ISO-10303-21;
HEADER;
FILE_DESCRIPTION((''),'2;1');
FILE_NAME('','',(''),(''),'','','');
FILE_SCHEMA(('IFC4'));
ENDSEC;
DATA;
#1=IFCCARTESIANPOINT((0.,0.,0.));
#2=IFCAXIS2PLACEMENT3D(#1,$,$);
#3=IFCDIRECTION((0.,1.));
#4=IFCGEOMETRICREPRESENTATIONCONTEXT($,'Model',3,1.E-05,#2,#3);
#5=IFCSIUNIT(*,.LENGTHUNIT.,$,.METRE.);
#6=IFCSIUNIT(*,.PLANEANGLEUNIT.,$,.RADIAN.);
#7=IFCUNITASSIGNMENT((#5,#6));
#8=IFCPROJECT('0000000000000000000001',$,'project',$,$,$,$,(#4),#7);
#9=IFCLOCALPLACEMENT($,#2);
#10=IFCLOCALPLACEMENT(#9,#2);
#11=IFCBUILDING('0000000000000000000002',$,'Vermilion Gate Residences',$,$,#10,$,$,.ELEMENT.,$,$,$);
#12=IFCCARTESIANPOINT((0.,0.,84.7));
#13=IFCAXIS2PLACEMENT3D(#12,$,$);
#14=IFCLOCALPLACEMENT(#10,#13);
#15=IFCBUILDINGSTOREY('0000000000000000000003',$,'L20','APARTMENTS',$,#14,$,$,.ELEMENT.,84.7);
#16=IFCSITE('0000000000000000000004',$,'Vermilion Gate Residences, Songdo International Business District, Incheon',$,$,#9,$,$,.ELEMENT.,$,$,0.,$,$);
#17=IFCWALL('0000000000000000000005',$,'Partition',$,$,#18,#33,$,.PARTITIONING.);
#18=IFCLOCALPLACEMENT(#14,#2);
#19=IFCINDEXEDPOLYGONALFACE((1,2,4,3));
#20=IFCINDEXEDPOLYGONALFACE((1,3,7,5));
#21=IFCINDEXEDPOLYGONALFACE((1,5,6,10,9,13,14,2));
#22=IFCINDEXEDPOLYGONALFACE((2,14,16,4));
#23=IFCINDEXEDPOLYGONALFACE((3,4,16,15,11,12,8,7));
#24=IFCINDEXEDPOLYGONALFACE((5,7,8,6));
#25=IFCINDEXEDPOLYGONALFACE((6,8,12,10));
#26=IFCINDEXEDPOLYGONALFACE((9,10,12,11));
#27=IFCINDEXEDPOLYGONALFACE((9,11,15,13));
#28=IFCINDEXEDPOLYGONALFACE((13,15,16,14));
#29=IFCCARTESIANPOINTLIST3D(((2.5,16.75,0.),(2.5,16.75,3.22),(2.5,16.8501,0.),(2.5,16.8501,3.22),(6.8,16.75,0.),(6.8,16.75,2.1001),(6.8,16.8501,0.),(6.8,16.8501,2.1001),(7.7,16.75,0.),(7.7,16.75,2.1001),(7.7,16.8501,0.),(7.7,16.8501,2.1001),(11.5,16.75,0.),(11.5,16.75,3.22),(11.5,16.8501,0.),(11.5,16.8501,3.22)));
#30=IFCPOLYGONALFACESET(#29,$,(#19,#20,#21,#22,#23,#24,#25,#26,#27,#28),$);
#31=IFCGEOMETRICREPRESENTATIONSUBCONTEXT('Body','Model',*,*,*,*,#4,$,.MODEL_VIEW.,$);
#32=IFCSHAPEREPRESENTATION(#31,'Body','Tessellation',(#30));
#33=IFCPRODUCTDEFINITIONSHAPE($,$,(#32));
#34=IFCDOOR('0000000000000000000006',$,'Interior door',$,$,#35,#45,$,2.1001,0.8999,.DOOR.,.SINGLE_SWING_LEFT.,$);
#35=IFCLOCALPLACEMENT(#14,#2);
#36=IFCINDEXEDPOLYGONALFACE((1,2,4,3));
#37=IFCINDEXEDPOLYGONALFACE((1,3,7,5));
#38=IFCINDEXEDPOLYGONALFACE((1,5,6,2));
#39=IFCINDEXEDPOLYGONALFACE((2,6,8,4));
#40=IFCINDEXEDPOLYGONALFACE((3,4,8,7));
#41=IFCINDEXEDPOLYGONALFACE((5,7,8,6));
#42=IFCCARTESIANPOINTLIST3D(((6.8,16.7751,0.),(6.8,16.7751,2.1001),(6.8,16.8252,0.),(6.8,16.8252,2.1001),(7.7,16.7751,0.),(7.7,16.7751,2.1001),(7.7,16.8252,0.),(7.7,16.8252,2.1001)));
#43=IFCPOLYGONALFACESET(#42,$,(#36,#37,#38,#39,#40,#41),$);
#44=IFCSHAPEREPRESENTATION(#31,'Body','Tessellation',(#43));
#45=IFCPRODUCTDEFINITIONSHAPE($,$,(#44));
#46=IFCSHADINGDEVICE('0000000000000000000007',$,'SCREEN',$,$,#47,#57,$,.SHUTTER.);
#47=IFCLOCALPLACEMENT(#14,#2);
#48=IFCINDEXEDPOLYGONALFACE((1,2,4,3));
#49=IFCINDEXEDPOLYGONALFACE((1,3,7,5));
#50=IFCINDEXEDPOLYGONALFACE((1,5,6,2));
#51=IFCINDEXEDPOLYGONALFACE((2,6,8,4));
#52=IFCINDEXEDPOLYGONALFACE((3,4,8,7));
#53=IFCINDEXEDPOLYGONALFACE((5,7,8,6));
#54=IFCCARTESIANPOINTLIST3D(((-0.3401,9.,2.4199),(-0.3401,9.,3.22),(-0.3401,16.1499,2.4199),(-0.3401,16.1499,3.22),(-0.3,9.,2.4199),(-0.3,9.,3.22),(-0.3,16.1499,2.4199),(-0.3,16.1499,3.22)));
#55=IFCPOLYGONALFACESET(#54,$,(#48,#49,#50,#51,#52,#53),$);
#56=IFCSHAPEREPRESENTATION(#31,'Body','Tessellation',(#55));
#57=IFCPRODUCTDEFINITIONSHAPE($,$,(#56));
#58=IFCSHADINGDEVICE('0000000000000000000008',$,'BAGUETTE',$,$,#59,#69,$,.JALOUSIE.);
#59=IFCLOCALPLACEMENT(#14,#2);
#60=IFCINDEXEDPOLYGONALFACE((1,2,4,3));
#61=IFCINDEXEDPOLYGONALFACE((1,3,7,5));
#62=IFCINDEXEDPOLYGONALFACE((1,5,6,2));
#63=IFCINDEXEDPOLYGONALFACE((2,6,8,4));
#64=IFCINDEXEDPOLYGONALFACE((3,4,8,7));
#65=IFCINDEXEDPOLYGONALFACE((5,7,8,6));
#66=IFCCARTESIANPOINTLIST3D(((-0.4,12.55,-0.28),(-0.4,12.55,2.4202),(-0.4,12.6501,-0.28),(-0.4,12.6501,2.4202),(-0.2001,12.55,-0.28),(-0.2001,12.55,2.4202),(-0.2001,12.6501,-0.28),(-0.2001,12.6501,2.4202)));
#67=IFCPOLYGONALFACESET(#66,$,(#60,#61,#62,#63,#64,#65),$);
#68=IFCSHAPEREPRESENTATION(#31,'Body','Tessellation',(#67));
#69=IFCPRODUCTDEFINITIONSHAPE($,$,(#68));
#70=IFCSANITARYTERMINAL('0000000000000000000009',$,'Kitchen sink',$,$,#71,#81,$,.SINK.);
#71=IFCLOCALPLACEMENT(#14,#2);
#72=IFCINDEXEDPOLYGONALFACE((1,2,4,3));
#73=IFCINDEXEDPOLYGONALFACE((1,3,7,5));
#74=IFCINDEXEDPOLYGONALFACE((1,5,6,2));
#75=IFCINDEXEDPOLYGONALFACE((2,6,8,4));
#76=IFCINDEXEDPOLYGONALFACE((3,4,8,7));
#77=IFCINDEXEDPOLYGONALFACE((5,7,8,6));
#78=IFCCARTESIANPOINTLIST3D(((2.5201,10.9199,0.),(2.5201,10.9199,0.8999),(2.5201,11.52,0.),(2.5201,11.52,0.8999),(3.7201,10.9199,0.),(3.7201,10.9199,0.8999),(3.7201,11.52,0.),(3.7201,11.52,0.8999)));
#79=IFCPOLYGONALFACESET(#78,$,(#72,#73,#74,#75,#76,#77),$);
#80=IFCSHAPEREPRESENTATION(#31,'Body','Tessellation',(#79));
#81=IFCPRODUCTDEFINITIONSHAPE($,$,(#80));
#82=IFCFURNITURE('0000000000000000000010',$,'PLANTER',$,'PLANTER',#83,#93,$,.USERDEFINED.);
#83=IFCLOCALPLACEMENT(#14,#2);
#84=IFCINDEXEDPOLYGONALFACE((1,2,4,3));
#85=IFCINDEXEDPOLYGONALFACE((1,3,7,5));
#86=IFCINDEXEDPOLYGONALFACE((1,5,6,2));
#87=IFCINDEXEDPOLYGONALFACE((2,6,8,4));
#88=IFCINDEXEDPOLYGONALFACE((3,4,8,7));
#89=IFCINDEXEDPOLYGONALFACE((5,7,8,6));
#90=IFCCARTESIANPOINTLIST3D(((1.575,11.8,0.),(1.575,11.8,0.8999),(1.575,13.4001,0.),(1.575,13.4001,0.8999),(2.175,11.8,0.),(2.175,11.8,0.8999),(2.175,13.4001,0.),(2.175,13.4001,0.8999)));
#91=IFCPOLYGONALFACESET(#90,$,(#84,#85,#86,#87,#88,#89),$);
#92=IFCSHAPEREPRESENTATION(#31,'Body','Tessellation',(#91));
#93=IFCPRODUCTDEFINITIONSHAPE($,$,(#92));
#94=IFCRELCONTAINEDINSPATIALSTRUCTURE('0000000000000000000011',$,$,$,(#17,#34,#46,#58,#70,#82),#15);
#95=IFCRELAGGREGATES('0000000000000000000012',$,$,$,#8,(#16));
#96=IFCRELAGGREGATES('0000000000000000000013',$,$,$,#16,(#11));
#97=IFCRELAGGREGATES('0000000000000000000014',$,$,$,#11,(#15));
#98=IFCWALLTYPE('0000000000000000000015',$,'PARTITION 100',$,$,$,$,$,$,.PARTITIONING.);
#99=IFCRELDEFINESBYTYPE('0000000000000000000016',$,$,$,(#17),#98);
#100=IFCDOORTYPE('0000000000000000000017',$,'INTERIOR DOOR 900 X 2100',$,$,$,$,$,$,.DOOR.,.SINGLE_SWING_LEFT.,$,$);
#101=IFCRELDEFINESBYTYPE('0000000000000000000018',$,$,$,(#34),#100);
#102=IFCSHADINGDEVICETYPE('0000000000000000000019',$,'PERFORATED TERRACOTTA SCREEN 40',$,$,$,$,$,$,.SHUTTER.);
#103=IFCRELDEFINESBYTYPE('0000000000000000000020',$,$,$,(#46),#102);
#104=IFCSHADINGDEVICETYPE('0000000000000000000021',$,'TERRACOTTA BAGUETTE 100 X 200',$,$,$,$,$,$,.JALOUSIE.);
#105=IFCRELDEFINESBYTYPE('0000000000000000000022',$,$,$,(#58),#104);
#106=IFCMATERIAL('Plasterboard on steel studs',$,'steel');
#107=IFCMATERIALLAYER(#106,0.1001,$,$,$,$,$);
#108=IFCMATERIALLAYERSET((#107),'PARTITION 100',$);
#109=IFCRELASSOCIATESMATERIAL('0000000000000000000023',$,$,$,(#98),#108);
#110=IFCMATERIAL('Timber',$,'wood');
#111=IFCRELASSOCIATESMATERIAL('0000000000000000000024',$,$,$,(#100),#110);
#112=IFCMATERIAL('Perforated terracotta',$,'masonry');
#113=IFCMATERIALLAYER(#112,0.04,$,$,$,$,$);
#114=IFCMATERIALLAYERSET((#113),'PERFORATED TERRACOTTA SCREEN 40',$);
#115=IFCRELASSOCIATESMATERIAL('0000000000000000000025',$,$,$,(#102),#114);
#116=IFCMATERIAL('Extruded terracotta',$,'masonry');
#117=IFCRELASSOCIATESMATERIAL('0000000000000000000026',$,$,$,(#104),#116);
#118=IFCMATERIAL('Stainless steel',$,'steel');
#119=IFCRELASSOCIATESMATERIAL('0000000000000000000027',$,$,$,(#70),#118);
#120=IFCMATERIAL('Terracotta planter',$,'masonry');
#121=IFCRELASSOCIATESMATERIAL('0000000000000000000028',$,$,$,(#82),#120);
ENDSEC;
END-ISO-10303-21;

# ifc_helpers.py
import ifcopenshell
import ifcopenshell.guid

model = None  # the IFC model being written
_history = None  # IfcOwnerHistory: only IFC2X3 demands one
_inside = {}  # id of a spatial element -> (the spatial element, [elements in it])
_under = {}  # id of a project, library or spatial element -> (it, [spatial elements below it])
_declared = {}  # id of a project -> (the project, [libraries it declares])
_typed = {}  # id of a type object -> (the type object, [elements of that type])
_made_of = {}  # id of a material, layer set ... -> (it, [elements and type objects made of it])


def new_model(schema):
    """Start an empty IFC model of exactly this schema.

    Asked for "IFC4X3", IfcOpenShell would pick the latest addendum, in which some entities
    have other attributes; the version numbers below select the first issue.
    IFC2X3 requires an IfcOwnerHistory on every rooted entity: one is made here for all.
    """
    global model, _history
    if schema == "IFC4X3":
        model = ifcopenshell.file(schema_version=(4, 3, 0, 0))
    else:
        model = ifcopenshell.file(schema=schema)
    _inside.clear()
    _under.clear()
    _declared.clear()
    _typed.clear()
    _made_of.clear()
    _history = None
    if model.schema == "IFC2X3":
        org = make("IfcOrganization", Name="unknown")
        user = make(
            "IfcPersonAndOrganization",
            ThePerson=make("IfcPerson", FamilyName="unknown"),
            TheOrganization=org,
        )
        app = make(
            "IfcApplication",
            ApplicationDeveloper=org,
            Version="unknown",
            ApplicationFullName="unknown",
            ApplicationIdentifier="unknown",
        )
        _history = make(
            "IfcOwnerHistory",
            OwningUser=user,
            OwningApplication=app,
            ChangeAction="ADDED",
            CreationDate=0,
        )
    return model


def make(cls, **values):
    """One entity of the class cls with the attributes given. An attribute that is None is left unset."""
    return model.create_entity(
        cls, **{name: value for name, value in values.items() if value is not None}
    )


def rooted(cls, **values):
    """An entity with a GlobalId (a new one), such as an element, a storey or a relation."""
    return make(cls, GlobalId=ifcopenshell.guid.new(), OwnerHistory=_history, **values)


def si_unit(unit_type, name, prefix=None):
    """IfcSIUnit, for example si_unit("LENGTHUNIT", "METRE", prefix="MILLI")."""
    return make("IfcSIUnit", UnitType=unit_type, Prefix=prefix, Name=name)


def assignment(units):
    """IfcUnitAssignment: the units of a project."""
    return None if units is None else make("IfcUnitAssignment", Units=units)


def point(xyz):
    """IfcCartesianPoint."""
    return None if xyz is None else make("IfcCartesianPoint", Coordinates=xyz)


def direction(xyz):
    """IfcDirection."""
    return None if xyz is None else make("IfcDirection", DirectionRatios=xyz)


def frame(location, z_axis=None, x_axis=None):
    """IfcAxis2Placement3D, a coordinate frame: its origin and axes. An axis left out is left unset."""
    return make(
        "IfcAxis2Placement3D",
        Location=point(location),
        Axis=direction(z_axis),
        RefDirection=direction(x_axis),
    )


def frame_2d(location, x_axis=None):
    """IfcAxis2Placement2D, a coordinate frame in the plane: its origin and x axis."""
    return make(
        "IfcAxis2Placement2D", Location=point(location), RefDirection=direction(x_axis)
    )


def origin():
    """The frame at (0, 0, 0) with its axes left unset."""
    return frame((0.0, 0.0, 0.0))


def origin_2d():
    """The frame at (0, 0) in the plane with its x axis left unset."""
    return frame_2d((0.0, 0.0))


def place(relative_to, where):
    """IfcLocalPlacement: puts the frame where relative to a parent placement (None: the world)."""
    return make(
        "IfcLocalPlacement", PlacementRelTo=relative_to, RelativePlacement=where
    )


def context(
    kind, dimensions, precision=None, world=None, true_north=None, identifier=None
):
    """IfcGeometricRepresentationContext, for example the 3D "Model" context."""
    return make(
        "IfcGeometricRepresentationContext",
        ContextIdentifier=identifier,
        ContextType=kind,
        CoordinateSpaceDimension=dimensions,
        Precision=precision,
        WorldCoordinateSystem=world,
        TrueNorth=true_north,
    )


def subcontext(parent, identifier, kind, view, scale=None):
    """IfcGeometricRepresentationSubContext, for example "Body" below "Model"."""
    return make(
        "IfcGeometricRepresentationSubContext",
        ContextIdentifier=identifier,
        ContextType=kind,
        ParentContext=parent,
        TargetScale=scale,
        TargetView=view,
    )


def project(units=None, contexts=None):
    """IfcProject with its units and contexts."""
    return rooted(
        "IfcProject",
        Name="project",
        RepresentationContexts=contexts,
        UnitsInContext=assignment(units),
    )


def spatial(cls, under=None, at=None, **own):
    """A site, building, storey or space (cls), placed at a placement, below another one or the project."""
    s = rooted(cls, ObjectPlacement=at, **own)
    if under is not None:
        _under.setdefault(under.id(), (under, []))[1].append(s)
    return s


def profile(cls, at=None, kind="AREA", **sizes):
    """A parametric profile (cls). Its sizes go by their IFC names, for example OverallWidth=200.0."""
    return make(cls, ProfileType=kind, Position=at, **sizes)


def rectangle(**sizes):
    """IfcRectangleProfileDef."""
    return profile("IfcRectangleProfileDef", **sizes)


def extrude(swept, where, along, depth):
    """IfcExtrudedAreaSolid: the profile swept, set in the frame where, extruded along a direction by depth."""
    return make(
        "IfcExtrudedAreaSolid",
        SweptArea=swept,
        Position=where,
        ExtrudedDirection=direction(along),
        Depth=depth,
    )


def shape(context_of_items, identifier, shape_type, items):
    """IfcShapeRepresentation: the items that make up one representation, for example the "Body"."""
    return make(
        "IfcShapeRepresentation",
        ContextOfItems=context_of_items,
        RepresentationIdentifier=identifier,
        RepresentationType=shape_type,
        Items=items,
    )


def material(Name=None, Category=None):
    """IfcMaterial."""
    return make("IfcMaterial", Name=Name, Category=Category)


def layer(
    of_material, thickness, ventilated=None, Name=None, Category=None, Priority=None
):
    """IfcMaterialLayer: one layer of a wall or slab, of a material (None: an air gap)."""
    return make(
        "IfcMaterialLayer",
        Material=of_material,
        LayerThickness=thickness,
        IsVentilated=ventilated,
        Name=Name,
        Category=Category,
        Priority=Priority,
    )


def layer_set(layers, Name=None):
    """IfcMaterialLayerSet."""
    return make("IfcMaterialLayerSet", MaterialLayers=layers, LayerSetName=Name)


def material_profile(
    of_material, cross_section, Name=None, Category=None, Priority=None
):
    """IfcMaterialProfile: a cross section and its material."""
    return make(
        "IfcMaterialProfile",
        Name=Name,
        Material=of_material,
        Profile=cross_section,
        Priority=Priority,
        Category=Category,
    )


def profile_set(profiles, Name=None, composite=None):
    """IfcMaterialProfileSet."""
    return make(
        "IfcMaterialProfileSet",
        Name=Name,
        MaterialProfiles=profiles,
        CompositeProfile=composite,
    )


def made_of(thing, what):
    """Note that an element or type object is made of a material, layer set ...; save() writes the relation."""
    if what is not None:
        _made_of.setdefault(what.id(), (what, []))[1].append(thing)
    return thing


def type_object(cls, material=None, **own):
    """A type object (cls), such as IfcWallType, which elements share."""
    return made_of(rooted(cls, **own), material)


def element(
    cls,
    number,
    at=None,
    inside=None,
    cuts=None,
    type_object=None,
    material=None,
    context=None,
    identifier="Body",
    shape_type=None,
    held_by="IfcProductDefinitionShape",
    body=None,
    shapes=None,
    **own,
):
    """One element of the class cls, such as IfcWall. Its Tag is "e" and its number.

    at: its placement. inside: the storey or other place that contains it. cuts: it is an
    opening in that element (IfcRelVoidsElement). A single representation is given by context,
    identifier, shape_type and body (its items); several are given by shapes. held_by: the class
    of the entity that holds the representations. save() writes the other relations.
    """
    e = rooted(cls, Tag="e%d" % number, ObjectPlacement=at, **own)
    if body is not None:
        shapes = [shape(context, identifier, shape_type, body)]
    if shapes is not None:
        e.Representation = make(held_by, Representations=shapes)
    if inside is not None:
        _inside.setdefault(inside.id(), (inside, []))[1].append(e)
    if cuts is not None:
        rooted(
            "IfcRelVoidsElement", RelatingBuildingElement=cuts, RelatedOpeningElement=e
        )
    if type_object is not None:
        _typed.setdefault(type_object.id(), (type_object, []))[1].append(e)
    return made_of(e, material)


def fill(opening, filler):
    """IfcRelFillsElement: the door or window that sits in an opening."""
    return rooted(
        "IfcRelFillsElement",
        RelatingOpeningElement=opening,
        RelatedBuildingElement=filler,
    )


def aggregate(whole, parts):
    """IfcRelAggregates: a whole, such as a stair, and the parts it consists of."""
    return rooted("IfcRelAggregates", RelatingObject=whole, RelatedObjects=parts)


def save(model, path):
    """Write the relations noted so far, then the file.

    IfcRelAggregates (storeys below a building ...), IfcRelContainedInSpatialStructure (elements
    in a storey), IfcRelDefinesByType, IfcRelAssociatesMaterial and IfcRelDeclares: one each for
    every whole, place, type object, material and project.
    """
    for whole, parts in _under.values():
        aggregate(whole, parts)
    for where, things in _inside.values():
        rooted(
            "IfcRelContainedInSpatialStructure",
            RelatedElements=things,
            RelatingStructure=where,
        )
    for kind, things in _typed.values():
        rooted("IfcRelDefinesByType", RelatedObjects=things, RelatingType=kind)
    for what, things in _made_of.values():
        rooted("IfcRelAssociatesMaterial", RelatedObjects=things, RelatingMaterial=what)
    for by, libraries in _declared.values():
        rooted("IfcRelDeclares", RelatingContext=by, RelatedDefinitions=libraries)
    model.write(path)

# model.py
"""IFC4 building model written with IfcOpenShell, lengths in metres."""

from ifc_helpers import new_model, si_unit, direction, frame, frame_2d, origin, origin_2d, place, context, subcontext, project, spatial, rectangle, extrude, material, layer, layer_set, material_profile, profile_set, type_object, element, fill, save


model = new_model("IFC4")

# Units and contexts
model_context = context("Model", 3, precision=1e-05, world=origin(), true_north=direction((0.0, 1.0)))
body_context = subcontext(model_context, "Body", "Model", "MODEL_VIEW")
ifc_project = project(units=[si_unit("LENGTHUNIT", "METRE"), si_unit("PLANEANGLEUNIT", "RADIAN")], contexts=[model_context])

# Site, building, storey
site_placement = place(None, origin())
site = spatial("IfcSite", under=ifc_project, at=site_placement, Name="Vermilion Gate Residences, Songdo International Business District, Incheon", CompositionType="ELEMENT", RefElevation=0.0)
building_placement = place(site_placement, origin())
building = spatial("IfcBuilding", under=site, at=building_placement, Name="Vermilion Gate Residences", CompositionType="ELEMENT")
storey_placement = place(building_placement, frame((0.0, 0.0, 84.7)))
storey = spatial("IfcBuildingStorey", under=building, at=storey_placement, Name="L20", Description="APARTMENTS", CompositionType="ELEMENT", Elevation=84.7)

# Wall, opening, door
ifc_material_1 = material(Name="Plasterboard on steel studs", Category="steel")
ifc_layer_1 = layer(ifc_material_1, 0.1001)
ifc_layer_set_1 = layer_set([ifc_layer_1], Name="PARTITION 100")
wall_type_1 = type_object("IfcWallType", Name="PARTITION 100", PredefinedType="PARTITIONING", material=ifc_layer_set_1)
wall_1_placement = place(storey_placement, frame((2.5, 16.8, 0.0), z_axis=(0.0, 0.0, 1.0), x_axis=(1.0, 0.0, 0.0)))
wall_1 = element("IfcWall", 1, at=wall_1_placement, inside=storey, type_object=wall_type_1, Name="Partition", PredefinedType="PARTITIONING", context=body_context, shape_type="SweptSolid", body=[
    extrude(rectangle(XDim=9.0, YDim=0.1001, at=frame_2d((4.5, 0.0))), origin(), (0.0, 0.0, 1.0), 3.22),
])
opening_1_placement = place(wall_1_placement, frame((4.3, 0.0, 0.0)))
opening_1 = element("IfcOpeningElement", 2, at=opening_1_placement, cuts=wall_1, PredefinedType="OPENING", context=body_context, shape_type="SweptSolid", body=[
    extrude(rectangle(XDim=0.8999, YDim=2.1001, at=frame_2d((0.45, 1.05))), frame((0.0, 0.0601, 0.0), z_axis=(0.0, -1.0, 0.0), x_axis=(1.0, 0.0, 0.0)), (0.0, 0.0, 1.0), 0.1201),
])
ifc_material_2 = material(Name="Timber", Category="wood")
door_type_1 = type_object("IfcDoorType", Name="INTERIOR DOOR 900 X 2100", OperationType="SINGLE_SWING_LEFT", PredefinedType="DOOR", material=ifc_material_2)
door_1_placement = place(opening_1_placement, frame((0.8999, 0.0, 0.0), z_axis=(0.0, 0.0, 1.0), x_axis=(-1.0, 0.0, 0.0)))
door_1 = element("IfcDoor", 3, at=door_1_placement, inside=storey, type_object=door_type_1, Name="Interior door", OperationType="SINGLE_SWING_LEFT", OverallHeight=2.1001, OverallWidth=0.8999, PredefinedType="DOOR", context=body_context, shape_type="SweptSolid", body=[
    extrude(rectangle(XDim=0.8999, YDim=2.1001, at=frame_2d((0.45, 1.05))), frame((0.0, 0.0249, 0.0), z_axis=(0.0, -1.0, 0.0), x_axis=(1.0, 0.0, 0.0)), (0.0, 0.0, 1.0), 0.05),
])
fill(opening_1, door_1)

# Shading devices
ifc_material_3 = material(Name="Perforated terracotta", Category="masonry")
ifc_layer_2 = layer(ifc_material_3, 0.04)
ifc_layer_set_2 = layer_set([ifc_layer_2], Name="PERFORATED TERRACOTTA SCREEN 40")
shading_device_type_1 = type_object("IfcShadingDeviceType", Name="PERFORATED TERRACOTTA SCREEN 40", PredefinedType="SHUTTER", material=ifc_layer_set_2)
shading_device_1_placement = place(storey_placement, frame((-0.3201, 12.575, 2.4199), z_axis=(0.0, 0.0, 1.0), x_axis=(0.0, -1.0, 0.0)))
element("IfcShadingDevice", 4, at=shading_device_1_placement, inside=storey, type_object=shading_device_type_1, Name="SCREEN", PredefinedType="SHUTTER", context=body_context, shape_type="SweptSolid", body=[
    extrude(rectangle(XDim=7.1499, YDim=0.04, at=origin_2d()), origin(), (0.0, 0.0, 1.0), 0.8),
])
ifc_material_4 = material(Name="Extruded terracotta", Category="masonry")
ifc_material_profile_1 = material_profile(ifc_material_4, rectangle(XDim=0.2, YDim=0.1001, at=origin_2d()), Name="BAGUETTE 100 X 200")
ifc_profile_set_1 = profile_set([ifc_material_profile_1], Name="Extruded terracotta")
shading_device_type_2 = type_object("IfcShadingDeviceType", Name="TERRACOTTA BAGUETTE 100 X 200", PredefinedType="JALOUSIE", material=ifc_profile_set_1)
shading_device_2_placement = place(storey_placement, frame((-0.3, 12.6001, -0.28), z_axis=(0.0, 0.0, 1.0), x_axis=(1.0, 0.0, 0.0)))
element("IfcShadingDevice", 5, at=shading_device_2_placement, inside=storey, type_object=shading_device_type_2, Name="BAGUETTE", PredefinedType="JALOUSIE", context=body_context, shape_type="SweptSolid", body=[
    extrude(rectangle(XDim=0.2, YDim=0.1001, at=origin_2d()), origin(), (0.0, 0.0, 1.0), 2.7002),
])

# Sanitary terminal
ifc_material_5 = material(Name="Stainless steel", Category="steel")
sanitary_terminal_placement = place(storey_placement, frame((3.1201, 11.22, 0.0), z_axis=(0.0, 0.0, 1.0), x_axis=(1.0, 0.0, 0.0)))
element("IfcSanitaryTerminal", 6, at=sanitary_terminal_placement, inside=storey, material=ifc_material_5, Name="Kitchen sink", PredefinedType="SINK", context=body_context, shape_type="SweptSolid", body=[
    extrude(rectangle(XDim=1.2, YDim=0.6001, at=origin_2d()), origin(), (0.0, 0.0, 1.0), 0.8999),
])

# Furniture
ifc_material_6 = material(Name="Terracotta planter", Category="masonry")
furniture_placement = place(storey_placement, frame((1.875, 12.6001, 0.0), z_axis=(0.0, 0.0, 1.0), x_axis=(0.0, -1.0, 0.0)))
element("IfcFurniture", 7, at=furniture_placement, inside=storey, material=ifc_material_6, Name="PLANTER", ObjectType="PLANTER", PredefinedType="USERDEFINED", context=body_context, shape_type="SweptSolid", body=[
    extrude(rectangle(XDim=1.6001, YDim=0.6001, at=origin_2d()), origin(), (0.0, 0.0, 1.0), 0.8999),
])

save(model, "model.ifc")
